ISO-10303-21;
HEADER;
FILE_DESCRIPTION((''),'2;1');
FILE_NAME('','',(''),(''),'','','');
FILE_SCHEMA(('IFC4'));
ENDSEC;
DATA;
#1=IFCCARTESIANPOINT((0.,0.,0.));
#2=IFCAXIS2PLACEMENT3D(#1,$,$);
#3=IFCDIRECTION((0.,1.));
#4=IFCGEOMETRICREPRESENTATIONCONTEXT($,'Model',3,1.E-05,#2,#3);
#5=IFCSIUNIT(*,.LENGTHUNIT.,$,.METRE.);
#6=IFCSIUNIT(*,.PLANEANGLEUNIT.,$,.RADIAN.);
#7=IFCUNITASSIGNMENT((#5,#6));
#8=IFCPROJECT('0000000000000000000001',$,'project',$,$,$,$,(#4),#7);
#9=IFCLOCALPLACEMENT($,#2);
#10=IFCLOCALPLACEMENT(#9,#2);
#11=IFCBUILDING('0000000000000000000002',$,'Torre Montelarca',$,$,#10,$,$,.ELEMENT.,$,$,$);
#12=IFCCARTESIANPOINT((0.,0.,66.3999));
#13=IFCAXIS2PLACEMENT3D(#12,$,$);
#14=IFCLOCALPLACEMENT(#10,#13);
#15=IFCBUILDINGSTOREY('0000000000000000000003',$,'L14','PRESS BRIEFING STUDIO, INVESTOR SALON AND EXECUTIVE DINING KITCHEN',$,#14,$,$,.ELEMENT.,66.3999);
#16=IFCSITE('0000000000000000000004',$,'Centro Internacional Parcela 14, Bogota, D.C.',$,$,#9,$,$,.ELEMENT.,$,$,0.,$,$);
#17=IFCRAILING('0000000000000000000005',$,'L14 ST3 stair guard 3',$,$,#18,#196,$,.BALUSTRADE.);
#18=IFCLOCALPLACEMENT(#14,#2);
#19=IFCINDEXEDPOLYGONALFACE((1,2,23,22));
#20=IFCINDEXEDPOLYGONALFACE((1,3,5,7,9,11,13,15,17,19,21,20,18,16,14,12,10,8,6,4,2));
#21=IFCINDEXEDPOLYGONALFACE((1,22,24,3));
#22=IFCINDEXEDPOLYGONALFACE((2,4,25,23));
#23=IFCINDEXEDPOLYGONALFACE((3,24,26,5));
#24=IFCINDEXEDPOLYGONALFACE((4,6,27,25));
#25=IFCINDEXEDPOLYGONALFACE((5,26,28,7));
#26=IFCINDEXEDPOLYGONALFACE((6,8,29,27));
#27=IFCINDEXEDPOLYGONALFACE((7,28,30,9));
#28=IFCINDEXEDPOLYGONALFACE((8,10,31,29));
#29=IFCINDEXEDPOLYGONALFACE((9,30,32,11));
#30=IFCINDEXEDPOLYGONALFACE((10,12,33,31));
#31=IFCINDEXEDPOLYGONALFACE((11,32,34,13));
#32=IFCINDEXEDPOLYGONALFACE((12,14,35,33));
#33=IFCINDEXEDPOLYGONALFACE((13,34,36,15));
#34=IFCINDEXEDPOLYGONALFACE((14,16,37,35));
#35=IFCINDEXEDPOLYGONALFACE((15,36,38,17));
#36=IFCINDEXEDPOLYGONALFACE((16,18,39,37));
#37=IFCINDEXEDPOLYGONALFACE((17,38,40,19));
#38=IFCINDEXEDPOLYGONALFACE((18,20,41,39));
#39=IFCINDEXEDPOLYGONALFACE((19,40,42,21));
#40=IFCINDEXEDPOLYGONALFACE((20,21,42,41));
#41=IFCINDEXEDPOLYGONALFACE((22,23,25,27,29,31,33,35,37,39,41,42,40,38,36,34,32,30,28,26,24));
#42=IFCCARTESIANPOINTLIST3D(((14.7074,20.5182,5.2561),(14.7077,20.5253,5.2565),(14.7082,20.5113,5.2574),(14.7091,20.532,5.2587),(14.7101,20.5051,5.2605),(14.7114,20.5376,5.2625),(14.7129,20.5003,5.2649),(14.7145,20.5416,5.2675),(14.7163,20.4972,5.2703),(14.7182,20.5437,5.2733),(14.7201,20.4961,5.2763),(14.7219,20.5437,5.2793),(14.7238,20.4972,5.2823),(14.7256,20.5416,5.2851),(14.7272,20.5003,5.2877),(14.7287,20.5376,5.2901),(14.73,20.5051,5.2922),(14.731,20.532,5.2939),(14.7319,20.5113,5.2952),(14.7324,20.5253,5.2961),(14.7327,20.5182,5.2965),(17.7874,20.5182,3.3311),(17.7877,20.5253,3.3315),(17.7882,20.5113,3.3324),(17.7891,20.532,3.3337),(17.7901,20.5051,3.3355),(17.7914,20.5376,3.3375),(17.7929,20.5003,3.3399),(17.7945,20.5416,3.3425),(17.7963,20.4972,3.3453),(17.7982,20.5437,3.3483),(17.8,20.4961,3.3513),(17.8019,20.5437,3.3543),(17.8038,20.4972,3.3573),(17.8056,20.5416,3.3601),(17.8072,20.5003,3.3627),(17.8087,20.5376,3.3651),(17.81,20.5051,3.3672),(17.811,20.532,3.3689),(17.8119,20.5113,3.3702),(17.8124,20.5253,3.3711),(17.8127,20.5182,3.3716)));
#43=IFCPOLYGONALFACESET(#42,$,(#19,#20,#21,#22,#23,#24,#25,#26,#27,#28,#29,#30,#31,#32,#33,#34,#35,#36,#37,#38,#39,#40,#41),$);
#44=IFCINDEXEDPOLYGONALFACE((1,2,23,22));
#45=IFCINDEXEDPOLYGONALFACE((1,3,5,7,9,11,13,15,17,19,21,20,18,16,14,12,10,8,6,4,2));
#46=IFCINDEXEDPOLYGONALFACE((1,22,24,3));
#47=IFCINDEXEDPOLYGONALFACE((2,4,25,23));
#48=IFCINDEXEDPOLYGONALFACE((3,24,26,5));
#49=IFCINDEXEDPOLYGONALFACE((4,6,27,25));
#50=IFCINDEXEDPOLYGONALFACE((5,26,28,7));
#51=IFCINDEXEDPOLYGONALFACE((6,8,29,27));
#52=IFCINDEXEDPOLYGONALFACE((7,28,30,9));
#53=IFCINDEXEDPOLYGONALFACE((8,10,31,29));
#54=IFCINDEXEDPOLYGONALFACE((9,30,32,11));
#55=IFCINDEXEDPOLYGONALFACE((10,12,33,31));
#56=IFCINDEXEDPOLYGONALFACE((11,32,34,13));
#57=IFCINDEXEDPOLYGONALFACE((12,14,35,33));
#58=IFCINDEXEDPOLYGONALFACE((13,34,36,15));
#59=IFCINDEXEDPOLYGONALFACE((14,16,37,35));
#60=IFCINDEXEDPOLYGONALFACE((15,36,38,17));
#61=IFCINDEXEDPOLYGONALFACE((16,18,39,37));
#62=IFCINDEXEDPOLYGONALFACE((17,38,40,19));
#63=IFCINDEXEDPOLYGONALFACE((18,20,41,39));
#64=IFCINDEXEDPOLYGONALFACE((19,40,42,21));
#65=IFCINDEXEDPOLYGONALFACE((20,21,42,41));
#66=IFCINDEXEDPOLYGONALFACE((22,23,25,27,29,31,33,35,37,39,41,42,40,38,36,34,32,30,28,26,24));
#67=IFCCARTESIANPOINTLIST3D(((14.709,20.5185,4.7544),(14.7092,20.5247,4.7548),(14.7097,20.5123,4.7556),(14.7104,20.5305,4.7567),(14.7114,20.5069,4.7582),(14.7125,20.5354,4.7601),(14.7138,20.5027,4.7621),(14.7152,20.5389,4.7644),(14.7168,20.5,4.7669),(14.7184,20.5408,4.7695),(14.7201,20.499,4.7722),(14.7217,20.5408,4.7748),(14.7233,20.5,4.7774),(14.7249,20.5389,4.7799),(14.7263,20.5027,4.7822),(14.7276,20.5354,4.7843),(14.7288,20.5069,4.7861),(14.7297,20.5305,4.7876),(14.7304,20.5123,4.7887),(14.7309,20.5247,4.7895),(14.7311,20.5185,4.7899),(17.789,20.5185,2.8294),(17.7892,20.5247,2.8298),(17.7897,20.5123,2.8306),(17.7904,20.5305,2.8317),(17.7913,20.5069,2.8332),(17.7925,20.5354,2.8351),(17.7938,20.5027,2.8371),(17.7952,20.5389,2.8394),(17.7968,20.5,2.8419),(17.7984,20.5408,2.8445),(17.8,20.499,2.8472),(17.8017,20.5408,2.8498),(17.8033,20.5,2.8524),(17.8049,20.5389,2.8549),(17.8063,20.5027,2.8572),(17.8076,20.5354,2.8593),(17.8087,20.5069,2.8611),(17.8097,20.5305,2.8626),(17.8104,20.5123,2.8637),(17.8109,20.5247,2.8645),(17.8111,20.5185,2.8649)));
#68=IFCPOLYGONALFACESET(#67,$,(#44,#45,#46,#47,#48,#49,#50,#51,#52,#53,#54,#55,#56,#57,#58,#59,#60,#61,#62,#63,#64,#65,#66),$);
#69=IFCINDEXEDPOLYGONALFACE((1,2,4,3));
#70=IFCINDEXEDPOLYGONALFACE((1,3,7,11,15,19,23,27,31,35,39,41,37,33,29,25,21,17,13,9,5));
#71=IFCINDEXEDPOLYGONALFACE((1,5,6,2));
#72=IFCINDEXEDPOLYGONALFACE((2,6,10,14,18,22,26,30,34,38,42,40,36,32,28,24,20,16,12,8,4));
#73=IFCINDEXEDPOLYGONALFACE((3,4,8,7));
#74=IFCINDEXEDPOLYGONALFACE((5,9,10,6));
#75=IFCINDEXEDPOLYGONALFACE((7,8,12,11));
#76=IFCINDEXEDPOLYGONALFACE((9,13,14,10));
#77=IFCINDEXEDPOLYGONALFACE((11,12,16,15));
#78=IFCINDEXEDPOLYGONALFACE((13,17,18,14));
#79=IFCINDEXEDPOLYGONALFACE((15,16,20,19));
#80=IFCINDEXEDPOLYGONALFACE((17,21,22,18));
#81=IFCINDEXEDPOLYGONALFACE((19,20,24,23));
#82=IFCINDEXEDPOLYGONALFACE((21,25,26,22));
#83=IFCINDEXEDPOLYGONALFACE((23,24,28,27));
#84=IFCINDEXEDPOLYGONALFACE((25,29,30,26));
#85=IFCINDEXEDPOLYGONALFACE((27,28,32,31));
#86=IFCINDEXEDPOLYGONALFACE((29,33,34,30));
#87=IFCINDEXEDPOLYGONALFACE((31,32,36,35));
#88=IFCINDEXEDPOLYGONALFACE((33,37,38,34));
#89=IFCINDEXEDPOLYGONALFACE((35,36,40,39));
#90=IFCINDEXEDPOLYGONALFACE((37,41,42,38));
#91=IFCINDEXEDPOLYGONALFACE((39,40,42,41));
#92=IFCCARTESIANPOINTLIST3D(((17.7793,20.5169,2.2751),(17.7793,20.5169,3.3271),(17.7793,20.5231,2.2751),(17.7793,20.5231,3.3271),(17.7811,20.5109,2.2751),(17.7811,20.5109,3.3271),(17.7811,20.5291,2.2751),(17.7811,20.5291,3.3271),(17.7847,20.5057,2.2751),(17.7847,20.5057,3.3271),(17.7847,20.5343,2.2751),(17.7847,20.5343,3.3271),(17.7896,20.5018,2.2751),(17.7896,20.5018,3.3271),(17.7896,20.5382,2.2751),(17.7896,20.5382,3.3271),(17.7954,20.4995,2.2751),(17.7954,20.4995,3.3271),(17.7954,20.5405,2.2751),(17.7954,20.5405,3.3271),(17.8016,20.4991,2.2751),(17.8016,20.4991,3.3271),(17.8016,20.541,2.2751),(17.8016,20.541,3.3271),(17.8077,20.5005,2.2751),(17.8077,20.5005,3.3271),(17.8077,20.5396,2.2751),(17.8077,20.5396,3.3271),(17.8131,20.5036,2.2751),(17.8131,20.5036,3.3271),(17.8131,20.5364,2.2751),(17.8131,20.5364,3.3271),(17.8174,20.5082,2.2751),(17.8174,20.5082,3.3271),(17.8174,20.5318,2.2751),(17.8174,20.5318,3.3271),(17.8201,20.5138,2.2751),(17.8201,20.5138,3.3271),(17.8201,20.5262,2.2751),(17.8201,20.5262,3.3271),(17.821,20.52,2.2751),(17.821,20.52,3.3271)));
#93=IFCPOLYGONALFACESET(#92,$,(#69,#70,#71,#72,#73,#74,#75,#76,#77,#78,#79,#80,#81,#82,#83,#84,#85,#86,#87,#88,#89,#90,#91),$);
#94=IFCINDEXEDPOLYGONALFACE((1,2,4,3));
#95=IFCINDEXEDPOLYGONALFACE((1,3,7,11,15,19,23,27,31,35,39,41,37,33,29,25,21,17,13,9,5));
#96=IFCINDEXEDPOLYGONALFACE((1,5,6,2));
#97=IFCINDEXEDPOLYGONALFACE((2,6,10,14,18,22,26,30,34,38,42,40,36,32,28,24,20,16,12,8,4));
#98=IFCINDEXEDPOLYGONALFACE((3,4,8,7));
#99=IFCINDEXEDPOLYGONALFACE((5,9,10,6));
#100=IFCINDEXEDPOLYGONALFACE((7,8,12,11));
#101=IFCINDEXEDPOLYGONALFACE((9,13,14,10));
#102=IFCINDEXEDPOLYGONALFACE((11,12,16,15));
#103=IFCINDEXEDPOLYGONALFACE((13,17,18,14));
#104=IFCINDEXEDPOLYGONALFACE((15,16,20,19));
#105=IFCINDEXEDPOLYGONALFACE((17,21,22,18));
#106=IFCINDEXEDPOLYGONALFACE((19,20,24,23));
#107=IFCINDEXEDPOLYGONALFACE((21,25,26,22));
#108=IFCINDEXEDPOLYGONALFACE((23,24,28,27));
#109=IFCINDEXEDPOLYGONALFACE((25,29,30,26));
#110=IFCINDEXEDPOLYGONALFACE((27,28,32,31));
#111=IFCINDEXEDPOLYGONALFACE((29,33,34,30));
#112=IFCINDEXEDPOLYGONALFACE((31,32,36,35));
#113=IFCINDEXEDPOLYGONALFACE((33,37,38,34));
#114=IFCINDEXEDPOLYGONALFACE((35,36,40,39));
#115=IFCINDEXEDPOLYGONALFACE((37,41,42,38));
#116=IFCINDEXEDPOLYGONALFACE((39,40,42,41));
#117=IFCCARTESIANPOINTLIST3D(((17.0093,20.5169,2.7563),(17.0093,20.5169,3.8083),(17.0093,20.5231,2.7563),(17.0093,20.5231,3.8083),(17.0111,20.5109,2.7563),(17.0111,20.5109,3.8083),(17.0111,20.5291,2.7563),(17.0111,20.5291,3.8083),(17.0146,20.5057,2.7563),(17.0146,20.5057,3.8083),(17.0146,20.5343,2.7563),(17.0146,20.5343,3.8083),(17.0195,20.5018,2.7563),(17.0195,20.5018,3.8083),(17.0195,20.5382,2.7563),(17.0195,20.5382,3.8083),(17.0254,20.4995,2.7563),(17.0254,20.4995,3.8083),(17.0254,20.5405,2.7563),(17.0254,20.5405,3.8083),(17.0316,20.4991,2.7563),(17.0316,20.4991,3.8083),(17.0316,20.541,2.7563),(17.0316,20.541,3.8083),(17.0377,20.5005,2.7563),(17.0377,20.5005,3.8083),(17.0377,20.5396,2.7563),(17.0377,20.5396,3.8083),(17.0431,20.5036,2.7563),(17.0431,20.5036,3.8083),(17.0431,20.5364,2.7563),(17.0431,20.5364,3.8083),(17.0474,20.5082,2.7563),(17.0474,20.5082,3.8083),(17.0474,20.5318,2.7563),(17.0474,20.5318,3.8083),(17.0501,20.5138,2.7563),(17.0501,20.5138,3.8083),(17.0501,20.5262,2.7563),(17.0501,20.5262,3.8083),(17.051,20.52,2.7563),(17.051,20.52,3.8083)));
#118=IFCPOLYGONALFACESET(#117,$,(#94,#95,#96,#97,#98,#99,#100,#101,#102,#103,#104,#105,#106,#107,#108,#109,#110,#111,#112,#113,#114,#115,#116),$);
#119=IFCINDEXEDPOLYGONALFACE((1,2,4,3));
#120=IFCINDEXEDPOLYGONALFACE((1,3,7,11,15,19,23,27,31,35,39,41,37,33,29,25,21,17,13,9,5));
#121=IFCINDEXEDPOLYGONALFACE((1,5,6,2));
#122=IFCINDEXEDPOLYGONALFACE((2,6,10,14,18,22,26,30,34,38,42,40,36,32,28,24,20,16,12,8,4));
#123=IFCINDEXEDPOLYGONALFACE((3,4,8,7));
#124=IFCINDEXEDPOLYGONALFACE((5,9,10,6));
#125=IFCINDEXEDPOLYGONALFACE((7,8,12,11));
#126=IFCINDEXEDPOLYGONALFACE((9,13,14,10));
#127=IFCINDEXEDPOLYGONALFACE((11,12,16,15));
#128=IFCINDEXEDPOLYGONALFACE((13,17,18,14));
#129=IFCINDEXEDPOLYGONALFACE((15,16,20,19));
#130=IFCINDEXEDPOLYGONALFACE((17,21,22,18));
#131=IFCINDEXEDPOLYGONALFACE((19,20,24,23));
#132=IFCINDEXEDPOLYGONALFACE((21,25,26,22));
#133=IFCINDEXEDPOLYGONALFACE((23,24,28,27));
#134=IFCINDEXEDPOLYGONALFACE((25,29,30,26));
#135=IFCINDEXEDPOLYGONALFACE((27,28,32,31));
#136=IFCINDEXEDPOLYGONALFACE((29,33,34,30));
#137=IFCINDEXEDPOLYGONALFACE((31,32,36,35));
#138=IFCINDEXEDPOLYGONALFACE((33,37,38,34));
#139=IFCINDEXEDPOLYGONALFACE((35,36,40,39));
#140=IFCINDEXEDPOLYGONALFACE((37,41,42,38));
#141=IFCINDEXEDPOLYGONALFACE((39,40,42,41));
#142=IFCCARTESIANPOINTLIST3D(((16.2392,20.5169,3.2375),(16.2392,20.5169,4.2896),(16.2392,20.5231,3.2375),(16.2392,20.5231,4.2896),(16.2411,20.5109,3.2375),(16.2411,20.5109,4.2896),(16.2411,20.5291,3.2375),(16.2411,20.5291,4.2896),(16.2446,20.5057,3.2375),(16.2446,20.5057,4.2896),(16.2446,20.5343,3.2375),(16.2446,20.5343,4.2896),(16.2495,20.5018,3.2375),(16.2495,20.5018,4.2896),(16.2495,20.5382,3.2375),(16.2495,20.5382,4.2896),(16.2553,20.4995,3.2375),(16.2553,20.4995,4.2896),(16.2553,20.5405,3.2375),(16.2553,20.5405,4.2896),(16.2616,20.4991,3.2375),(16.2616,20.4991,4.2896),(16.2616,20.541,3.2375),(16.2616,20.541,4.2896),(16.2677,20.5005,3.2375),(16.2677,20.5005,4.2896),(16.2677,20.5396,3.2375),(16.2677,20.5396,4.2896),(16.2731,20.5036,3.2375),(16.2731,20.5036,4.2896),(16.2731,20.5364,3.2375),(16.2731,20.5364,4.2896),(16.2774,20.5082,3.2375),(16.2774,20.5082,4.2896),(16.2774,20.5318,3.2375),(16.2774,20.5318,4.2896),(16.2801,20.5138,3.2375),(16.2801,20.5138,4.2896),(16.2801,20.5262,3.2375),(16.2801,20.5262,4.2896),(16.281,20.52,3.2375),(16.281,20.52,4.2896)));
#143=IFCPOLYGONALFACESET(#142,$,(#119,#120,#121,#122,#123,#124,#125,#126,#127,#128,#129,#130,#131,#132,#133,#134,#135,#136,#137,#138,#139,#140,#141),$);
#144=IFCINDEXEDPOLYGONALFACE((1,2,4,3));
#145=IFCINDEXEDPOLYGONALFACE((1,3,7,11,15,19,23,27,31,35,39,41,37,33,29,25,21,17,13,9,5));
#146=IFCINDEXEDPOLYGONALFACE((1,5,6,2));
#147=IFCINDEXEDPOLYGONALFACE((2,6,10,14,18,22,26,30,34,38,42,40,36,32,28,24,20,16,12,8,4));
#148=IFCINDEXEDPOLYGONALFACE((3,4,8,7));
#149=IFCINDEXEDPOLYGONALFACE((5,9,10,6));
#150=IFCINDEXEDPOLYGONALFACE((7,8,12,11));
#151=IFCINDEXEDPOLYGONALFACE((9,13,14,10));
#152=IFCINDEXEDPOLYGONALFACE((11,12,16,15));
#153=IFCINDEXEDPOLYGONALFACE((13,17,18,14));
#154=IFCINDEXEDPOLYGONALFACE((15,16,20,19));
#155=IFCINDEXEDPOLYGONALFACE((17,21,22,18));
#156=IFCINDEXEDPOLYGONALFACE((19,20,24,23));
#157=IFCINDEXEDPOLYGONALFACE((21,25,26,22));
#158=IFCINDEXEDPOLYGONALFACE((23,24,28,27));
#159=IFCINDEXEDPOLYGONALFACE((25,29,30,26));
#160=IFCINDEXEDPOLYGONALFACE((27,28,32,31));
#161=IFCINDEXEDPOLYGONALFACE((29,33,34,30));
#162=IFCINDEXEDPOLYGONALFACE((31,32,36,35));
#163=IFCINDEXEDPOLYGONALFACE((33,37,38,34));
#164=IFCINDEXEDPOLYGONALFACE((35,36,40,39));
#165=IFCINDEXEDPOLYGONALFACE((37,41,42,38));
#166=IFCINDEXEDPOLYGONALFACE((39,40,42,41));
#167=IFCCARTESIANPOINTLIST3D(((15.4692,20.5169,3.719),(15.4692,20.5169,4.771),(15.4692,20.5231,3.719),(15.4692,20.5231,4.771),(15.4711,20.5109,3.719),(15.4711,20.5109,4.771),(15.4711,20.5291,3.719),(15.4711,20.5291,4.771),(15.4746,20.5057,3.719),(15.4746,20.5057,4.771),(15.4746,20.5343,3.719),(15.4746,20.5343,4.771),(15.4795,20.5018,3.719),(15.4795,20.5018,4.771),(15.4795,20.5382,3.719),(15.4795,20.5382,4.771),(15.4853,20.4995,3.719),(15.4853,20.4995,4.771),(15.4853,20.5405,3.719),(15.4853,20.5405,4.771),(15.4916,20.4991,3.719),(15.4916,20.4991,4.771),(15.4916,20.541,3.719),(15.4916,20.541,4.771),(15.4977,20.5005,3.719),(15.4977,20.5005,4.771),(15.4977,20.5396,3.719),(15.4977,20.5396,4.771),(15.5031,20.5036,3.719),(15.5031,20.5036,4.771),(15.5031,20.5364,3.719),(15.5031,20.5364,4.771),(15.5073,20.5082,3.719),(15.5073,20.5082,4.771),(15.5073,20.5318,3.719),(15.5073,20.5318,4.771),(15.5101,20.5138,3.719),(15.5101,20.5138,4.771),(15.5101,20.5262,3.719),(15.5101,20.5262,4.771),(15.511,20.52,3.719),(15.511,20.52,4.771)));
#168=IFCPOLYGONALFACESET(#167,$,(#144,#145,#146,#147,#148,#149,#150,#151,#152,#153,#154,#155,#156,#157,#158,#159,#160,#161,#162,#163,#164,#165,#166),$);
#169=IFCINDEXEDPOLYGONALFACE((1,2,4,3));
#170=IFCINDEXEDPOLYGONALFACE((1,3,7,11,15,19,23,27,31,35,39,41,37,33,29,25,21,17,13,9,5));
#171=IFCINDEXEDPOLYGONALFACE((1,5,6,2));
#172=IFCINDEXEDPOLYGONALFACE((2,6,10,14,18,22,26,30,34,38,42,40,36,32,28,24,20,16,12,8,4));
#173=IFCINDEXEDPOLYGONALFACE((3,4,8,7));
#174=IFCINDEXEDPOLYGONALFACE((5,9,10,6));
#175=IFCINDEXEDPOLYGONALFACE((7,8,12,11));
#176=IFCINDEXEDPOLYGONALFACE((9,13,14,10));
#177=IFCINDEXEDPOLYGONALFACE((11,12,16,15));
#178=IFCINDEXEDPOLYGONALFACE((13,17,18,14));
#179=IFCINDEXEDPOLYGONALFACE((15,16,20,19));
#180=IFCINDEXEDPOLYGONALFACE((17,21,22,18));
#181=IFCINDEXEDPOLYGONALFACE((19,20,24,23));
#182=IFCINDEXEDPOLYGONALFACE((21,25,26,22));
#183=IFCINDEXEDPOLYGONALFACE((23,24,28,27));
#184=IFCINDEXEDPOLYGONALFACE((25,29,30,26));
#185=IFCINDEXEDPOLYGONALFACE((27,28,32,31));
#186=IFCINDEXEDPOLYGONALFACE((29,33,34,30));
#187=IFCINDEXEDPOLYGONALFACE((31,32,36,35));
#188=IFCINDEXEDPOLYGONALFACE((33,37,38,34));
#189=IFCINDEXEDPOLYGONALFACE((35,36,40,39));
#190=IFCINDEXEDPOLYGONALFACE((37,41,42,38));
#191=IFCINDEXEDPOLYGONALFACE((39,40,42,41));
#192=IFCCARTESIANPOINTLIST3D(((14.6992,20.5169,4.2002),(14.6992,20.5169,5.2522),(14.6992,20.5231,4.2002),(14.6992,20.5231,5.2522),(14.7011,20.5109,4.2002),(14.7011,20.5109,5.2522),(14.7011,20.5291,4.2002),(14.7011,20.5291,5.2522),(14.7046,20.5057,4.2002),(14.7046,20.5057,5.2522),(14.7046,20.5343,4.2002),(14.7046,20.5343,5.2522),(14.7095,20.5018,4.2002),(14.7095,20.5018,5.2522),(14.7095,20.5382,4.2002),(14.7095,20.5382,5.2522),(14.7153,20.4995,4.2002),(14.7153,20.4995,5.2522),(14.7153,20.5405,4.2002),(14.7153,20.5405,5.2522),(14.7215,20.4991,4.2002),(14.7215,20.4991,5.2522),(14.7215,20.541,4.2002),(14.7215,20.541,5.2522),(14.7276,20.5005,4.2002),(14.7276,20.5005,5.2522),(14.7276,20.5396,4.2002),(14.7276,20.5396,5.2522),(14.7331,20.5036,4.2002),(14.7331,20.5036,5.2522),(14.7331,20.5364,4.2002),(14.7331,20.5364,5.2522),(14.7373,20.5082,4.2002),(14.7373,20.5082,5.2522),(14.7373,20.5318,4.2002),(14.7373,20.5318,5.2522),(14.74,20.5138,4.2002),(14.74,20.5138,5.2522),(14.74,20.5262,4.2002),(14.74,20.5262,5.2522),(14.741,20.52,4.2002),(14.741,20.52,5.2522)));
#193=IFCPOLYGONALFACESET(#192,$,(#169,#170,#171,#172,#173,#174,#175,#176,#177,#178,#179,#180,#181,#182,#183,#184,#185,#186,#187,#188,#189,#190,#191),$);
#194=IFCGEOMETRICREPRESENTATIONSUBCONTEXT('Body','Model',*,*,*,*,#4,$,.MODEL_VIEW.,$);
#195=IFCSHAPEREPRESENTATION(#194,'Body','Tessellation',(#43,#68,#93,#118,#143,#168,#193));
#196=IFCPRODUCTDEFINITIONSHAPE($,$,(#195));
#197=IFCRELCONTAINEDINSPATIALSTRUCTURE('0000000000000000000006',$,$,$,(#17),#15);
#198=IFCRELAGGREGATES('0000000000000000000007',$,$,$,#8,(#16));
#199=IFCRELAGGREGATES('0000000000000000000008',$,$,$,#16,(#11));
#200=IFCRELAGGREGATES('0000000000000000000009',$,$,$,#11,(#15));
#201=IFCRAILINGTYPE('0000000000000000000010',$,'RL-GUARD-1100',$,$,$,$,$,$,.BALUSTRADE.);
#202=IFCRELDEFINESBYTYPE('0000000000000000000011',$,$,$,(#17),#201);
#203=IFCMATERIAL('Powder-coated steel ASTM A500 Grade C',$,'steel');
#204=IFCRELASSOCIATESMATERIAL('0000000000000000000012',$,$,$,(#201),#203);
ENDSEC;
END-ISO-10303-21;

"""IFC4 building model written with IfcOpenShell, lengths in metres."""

from ifc_helpers import new_model, si_unit, direction, frame, origin, origin_2d, place, context, subcontext, project, spatial, circle, extrude, material, type_object, element, save


model = new_model("IFC4")

# Units and contexts
model_context = context("Model", 3, precision=1e-05, world=origin(), true_north=direction((0.0, 1.0)))
body_context = subcontext(model_context, "Body", "Model", "MODEL_VIEW")
ifc_project = project(units=[si_unit("LENGTHUNIT", "METRE"), si_unit("PLANEANGLEUNIT", "RADIAN")], contexts=[model_context])

# Site, building, storey
site_placement = place(None, origin())
site = spatial("IfcSite", under=ifc_project, at=site_placement, Name="Centro Internacional Parcela 14, Bogota, D.C.", CompositionType="ELEMENT", RefElevation=0.0)
building_placement = place(site_placement, origin())
building = spatial("IfcBuilding", under=site, at=building_placement, Name="Torre Montelarca", CompositionType="ELEMENT")
storey_placement = place(building_placement, frame((0.0, 0.0, 66.3999)))
storey = spatial("IfcBuildingStorey", under=building, at=storey_placement, Name="L14", Description="PRESS BRIEFING STUDIO, INVESTOR SALON AND EXECUTIVE DINING KITCHEN", CompositionType="ELEMENT", Elevation=66.3999)

# Railing
ifc_material_1 = material(Name="Powder-coated steel ASTM A500 Grade C", Category="steel")
railing_type_1 = type_object("IfcRailingType", Name="RL-GUARD-1100", PredefinedType="BALUSTRADE", material=ifc_material_1)
railing_1_placement = place(storey_placement, frame((17.8, 20.52, 2.2751)))
element("IfcRailing", 1, at=railing_1_placement, inside=storey, type_object=railing_type_1, Name="L14 ST3 stair guard 3", PredefinedType="BALUSTRADE", context=body_context, shape_type="SweptSolid", body=[
    extrude(circle(Radius=0.0239, at=origin_2d()), frame((0.0, 0.0, 1.0762), z_axis=(-0.847998, 0.0, 0.529999), x_axis=(0.0, -1.0, 0.0)), (0.0, 0.0, 1.0), 3.6321),
    extrude(circle(Radius=0.021, at=origin_2d()), frame((0.0, 0.0, 0.572), z_axis=(-0.847998, 0.0, 0.529999), x_axis=(0.0, -1.0, 0.0)), (0.0, 0.0, 1.0), 3.6321),
    extrude(circle(Radius=0.021, at=origin_2d()), origin(), (0.0, 0.0, 1.0), 1.052),
    extrude(circle(Radius=0.021, at=origin_2d()), frame((-0.77, 0.0, 0.4812)), (0.0, 0.0, 1.0), 1.052),
    extrude(circle(Radius=0.021, at=origin_2d()), frame((-1.54, 0.0, 0.9624)), (0.0, 0.0, 1.0), 1.052),
    extrude(circle(Radius=0.021, at=origin_2d()), frame((-2.3101, 0.0, 1.4438)), (0.0, 0.0, 1.0), 1.052),
    extrude(circle(Radius=0.021, at=origin_2d()), frame((-3.0801, 0.0, 1.925)), (0.0, 0.0, 1.0), 1.052),
])

save(model, "model.ifc")
